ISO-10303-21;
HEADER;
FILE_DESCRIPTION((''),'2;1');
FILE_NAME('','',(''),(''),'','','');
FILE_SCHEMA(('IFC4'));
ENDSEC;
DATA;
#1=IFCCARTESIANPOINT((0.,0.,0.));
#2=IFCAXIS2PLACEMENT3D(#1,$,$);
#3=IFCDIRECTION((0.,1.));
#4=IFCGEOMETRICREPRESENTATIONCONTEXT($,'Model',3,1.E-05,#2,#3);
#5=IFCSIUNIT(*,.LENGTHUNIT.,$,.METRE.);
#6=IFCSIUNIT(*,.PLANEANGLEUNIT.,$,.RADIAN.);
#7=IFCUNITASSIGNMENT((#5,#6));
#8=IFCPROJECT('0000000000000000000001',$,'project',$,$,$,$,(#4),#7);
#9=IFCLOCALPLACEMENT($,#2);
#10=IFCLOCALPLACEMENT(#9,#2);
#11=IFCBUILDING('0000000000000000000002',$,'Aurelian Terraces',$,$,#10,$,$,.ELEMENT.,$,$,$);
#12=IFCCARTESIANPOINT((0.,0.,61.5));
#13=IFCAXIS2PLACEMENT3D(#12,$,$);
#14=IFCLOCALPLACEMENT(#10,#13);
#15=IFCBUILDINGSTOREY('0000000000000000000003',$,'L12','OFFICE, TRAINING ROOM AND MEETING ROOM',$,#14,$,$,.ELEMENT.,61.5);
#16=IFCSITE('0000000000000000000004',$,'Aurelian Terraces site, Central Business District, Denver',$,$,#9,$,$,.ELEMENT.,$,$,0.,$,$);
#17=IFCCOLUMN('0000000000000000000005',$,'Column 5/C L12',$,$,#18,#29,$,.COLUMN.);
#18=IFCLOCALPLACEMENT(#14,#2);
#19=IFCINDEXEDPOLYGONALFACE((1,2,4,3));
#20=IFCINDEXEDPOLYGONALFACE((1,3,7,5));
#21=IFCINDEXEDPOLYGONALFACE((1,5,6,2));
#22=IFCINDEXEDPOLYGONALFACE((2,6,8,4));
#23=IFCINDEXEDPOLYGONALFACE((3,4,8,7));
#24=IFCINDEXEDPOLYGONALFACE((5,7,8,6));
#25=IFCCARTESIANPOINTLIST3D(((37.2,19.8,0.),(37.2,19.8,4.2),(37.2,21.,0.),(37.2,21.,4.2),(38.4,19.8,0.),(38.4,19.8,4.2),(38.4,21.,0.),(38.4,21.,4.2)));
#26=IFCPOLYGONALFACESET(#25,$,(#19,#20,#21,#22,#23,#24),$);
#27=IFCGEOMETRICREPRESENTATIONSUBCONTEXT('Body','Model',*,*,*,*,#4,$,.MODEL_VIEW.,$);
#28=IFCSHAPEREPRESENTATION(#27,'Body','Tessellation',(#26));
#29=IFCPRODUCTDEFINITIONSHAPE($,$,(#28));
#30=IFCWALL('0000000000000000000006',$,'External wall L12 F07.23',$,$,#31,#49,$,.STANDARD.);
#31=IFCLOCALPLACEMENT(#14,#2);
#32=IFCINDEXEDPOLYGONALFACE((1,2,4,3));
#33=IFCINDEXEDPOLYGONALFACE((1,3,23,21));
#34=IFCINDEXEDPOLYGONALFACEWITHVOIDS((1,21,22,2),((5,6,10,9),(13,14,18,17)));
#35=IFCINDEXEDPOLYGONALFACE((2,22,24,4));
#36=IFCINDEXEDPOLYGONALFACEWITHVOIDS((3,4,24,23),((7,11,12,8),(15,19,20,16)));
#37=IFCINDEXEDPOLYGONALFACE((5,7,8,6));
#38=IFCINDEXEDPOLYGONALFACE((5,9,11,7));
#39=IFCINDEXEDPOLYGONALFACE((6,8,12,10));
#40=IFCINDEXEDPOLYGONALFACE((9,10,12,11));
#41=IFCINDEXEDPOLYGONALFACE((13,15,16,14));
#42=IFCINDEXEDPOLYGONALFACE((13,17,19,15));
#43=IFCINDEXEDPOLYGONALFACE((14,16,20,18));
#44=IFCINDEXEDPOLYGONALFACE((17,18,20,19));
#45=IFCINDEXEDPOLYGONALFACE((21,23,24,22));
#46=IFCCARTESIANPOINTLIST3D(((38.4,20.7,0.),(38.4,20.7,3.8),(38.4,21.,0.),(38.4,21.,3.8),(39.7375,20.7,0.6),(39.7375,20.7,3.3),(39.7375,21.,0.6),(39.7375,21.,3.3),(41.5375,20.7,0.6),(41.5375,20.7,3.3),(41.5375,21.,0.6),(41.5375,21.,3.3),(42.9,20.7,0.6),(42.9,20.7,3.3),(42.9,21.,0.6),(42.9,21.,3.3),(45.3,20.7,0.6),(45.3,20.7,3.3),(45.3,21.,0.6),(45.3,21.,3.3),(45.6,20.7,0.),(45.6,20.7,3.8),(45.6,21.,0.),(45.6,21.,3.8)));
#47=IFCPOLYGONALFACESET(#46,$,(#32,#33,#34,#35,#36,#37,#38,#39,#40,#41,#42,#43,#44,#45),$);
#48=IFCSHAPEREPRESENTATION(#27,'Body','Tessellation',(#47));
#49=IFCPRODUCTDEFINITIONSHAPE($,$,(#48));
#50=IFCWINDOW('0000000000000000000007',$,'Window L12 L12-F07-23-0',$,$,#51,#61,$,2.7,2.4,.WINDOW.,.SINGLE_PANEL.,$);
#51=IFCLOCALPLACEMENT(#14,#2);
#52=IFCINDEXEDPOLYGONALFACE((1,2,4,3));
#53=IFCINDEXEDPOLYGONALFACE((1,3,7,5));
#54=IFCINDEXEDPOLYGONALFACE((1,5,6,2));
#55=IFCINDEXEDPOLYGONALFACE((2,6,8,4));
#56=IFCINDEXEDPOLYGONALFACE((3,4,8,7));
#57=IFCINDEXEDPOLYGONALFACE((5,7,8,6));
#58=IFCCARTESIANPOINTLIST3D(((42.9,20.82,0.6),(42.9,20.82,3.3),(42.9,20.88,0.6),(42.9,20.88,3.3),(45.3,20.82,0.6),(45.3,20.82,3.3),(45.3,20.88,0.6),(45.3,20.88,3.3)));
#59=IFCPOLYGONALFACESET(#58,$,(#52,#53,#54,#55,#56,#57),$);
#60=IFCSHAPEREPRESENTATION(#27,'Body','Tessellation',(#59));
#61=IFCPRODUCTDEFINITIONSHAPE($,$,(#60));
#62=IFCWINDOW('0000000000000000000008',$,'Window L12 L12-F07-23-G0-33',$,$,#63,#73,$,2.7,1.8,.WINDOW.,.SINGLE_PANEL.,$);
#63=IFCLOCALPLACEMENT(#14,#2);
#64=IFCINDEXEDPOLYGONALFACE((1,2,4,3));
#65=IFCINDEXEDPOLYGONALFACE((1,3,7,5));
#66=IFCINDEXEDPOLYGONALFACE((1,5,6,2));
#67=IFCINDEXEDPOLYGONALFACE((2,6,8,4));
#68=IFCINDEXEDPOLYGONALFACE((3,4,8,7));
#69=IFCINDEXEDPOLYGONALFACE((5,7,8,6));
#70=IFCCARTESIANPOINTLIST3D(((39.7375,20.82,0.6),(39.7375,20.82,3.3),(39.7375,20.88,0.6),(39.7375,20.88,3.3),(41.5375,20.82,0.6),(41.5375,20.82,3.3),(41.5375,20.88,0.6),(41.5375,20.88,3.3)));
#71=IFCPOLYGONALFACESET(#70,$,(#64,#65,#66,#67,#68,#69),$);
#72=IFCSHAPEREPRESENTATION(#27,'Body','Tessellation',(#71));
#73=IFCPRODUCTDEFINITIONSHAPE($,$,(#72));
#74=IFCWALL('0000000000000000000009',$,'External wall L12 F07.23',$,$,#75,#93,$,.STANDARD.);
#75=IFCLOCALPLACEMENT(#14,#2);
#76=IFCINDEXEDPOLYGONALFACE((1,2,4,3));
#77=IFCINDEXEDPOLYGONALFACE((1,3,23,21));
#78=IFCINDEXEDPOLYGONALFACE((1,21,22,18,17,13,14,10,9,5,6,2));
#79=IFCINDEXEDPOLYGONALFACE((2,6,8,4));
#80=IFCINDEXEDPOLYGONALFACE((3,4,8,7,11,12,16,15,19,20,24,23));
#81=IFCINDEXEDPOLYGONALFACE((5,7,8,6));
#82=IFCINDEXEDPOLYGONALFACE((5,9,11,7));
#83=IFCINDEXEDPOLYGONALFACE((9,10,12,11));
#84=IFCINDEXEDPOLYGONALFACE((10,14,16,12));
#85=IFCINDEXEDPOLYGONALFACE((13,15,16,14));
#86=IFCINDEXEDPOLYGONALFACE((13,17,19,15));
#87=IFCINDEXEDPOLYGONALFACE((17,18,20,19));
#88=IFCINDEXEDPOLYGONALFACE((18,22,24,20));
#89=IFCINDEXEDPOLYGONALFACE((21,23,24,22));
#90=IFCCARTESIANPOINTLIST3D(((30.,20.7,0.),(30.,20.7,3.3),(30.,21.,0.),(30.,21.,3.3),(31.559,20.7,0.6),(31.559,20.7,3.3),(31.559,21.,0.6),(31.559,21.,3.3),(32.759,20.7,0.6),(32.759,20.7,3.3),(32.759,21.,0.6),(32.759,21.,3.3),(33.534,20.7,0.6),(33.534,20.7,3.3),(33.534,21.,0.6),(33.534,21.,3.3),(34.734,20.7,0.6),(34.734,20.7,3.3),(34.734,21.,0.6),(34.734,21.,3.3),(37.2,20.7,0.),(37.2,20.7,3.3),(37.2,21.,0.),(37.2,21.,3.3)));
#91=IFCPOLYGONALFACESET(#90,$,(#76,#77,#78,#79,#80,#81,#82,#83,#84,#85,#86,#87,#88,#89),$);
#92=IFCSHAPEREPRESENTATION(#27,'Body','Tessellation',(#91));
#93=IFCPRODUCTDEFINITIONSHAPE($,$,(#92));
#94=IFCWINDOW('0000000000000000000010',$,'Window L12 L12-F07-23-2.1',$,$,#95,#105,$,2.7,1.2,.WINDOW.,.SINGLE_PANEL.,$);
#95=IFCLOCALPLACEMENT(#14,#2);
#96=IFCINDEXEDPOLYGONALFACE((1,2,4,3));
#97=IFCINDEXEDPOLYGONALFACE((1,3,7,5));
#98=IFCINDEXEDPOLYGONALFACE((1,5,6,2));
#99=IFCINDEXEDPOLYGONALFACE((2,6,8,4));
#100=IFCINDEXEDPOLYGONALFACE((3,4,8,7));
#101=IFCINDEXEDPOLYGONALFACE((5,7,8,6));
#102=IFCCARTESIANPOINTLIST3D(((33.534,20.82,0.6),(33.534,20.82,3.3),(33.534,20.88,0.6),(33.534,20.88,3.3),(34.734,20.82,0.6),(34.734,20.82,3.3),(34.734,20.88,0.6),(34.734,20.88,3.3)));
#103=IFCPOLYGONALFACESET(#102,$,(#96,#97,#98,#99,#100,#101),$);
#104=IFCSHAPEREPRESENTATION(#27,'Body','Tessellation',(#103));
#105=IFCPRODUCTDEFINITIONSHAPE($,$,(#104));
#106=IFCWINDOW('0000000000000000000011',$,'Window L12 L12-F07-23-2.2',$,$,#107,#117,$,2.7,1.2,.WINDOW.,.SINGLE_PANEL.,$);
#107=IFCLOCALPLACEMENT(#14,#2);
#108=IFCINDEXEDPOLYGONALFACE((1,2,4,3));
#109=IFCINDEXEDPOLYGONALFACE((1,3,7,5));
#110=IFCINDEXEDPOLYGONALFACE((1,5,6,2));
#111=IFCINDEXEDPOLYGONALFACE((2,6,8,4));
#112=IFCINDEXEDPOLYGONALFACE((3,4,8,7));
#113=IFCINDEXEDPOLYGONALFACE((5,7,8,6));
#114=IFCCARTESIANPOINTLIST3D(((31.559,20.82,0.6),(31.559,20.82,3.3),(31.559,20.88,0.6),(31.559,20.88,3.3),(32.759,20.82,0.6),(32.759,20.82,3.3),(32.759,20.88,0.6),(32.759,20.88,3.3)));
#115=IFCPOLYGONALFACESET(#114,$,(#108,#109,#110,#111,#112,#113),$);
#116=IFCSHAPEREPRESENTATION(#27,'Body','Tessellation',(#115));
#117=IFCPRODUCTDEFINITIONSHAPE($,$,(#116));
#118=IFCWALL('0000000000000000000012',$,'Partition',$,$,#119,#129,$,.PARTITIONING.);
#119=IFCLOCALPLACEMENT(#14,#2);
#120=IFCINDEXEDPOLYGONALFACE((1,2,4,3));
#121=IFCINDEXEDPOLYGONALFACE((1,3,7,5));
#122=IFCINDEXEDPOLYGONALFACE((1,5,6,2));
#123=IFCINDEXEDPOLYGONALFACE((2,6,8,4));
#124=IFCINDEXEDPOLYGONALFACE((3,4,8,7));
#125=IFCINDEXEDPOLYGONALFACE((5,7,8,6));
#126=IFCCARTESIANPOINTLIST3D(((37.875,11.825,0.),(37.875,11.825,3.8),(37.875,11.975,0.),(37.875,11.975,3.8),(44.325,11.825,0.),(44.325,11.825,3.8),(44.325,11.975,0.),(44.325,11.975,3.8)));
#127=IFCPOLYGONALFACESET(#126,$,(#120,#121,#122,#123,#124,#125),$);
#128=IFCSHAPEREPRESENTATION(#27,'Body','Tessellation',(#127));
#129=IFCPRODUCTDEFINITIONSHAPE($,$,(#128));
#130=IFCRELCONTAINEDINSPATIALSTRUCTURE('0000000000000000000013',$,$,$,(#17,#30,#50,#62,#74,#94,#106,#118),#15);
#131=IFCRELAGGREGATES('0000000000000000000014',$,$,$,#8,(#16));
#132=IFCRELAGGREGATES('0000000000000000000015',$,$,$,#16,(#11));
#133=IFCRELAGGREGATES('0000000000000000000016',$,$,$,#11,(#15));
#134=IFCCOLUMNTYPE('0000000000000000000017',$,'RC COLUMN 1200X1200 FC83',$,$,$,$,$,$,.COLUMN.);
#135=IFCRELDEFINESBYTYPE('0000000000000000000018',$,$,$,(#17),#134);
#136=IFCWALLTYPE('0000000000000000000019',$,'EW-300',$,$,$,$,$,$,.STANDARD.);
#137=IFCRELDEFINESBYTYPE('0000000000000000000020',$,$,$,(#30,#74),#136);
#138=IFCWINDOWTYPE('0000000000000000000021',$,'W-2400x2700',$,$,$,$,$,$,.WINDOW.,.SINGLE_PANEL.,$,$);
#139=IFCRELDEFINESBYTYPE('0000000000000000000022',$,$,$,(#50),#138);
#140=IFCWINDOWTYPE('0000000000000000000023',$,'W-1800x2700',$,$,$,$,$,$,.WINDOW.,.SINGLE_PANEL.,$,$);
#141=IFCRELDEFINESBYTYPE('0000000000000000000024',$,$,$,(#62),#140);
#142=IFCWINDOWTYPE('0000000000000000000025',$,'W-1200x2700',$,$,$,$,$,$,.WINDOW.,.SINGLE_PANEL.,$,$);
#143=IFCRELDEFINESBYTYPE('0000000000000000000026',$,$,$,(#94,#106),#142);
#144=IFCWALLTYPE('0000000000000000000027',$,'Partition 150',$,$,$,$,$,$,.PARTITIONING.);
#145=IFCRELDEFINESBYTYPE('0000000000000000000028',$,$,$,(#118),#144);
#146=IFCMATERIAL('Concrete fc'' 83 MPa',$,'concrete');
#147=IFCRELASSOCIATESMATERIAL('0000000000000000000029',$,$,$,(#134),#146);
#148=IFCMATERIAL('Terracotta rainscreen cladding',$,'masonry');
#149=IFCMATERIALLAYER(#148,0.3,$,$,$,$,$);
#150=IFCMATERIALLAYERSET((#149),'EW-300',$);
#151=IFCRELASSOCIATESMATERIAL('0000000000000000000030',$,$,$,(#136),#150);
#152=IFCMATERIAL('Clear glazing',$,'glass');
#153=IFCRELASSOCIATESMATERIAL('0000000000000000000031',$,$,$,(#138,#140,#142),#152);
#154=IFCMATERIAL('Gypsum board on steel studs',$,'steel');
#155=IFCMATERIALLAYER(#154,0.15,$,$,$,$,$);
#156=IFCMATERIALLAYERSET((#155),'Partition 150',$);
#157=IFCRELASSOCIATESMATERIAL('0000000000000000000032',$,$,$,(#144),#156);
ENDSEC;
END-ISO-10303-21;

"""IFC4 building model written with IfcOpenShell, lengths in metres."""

from ifc_helpers import new_model, si_unit, direction, frame, frame_2d, origin, origin_2d, place, context, subcontext, project, spatial, rectangle, extrude, source, transform, mapped, material, layer, layer_set, material_profile, profile_set, type_object, element, fill, save


model = new_model("IFC4")

# Units and contexts
model_context = context("Model", 3, precision=1e-05, world=origin(), true_north=direction((0.0, 1.0)))
body_context = subcontext(model_context, "Body", "Model", "MODEL_VIEW")
ifc_project = project(units=[si_unit("LENGTHUNIT", "METRE"), si_unit("PLANEANGLEUNIT", "RADIAN")], contexts=[model_context])

# Site, building, storey
site_placement = place(None, origin())
site = spatial("IfcSite", under=ifc_project, at=site_placement, Name="Aurelian Terraces site, Central Business District, Denver", CompositionType="ELEMENT", RefElevation=0.0)
building_placement = place(site_placement, origin())
building = spatial("IfcBuilding", under=site, at=building_placement, Name="Aurelian Terraces", CompositionType="ELEMENT")
storey_placement = place(building_placement, frame((0.0, 0.0, 61.5)))
storey = spatial("IfcBuildingStorey", under=building, at=storey_placement, Name="L12", Description="OFFICE, TRAINING ROOM AND MEETING ROOM", CompositionType="ELEMENT", Elevation=61.5)

# Column
ifc_material_1 = material(Name="Concrete fc' 83 MPa", Category="concrete")
ifc_material_profile = material_profile(ifc_material_1, rectangle(XDim=1.2, YDim=1.2, at=origin_2d()))
ifc_profile_set = profile_set([ifc_material_profile], Name="Concrete fc' 83 MPa")
column_type = type_object("IfcColumnType", Name="RC COLUMN 1200X1200 FC83", PredefinedType="COLUMN", material=ifc_profile_set)
shared_shape_1 = source(origin(), body_context, "Body", "SweptSolid", [
    extrude(rectangle(XDim=1.2, YDim=1.2, at=origin_2d()), origin(), (0.0, 0.0, 1.0), 4.2),
])
column_placement = place(storey_placement, frame((37.8, 20.4, 0.0), z_axis=(0.0, 0.0, 1.0), x_axis=(1.0, 0.0, 0.0)))
element("IfcColumn", 1, at=column_placement, inside=storey, type_object=column_type, Name="Column 5/C L12", PredefinedType="COLUMN", context=body_context, shape_type="MappedRepresentation", body=[
    mapped(shared_shape_1, transform((0.0, 0.0, 0.0), scale=1.0)),
])

# Walls, openings, windows
ifc_material_2 = material(Name="Terracotta rainscreen cladding", Category="masonry")
ifc_layer_1 = layer(ifc_material_2, 0.3)
ifc_layer_set_1 = layer_set([ifc_layer_1], Name="EW-300")
wall_type_1 = type_object("IfcWallType", Name="EW-300", PredefinedType="STANDARD", material=ifc_layer_set_1)
shared_shape_2 = source(origin(), body_context, "Body", "SweptSolid", [
    extrude(rectangle(XDim=7.2, YDim=0.3, at=frame_2d((3.6, 0.0))), origin(), (0.0, 0.0, 1.0), 3.8),
])
wall_1_placement = place(storey_placement, frame((45.6, 20.85, 0.0), z_axis=(0.0, 0.0, 1.0), x_axis=(-1.0, 0.0, 0.0)))
wall_1 = element("IfcWall", 2, at=wall_1_placement, inside=storey, type_object=wall_type_1, Name="External wall L12 F07.23", PredefinedType="STANDARD", context=body_context, shape_type="MappedRepresentation", body=[
    mapped(shared_shape_2, transform((0.0, 0.0, 0.0), scale=1.0)),
])
shared_shape_3 = source(origin(), body_context, "Body", "SweptSolid", [
    extrude(rectangle(XDim=2.4, YDim=2.7, at=frame_2d((1.2, 1.35))), frame((0.0, 0.16, 0.0), z_axis=(0.0, -1.0, 0.0), x_axis=(1.0, 0.0, 0.0)), (0.0, 0.0, 1.0), 0.32),
])
opening_1_placement = place(wall_1_placement, frame((0.3, 0.0, 0.6)))
opening_1 = element("IfcOpeningElement", 3, at=opening_1_placement, cuts=wall_1, PredefinedType="OPENING", context=body_context, shape_type="MappedRepresentation", body=[
    mapped(shared_shape_3, transform((0.0, 0.0, 0.0), scale=1.0)),
])
shared_shape_4 = source(origin(), body_context, "Body", "SweptSolid", [
    extrude(rectangle(XDim=1.8, YDim=2.7, at=frame_2d((0.9, 1.35))), frame((0.0, 0.16, 0.0), z_axis=(0.0, -1.0, 0.0), x_axis=(1.0, 0.0, 0.0)), (0.0, 0.0, 1.0), 0.32),
])
opening_2_placement = place(wall_1_placement, frame((4.0625, 0.0, 0.6)))
opening_2 = element("IfcOpeningElement", 4, at=opening_2_placement, cuts=wall_1, PredefinedType="OPENING", context=body_context, shape_type="MappedRepresentation", body=[
    mapped(shared_shape_4, transform((0.0, 0.0, 0.0), scale=1.0)),
])
ifc_material_3 = material(Name="Clear glazing", Category="glass")
window_type_1 = type_object("IfcWindowType", Name="W-2400x2700", PartitioningType="SINGLE_PANEL", PredefinedType="WINDOW", material=ifc_material_3)
shared_shape_5 = source(origin(), body_context, "Body", "SweptSolid", [
    extrude(rectangle(XDim=2.4, YDim=2.7, at=frame_2d((1.2, 1.35))), frame((0.0, 0.03, 0.0), z_axis=(0.0, -1.0, 0.0), x_axis=(1.0, 0.0, 0.0)), (0.0, 0.0, 1.0), 0.06),
])
window_1_placement = place(opening_1_placement, origin())
window_1 = element("IfcWindow", 5, at=window_1_placement, inside=storey, type_object=window_type_1, Name="Window L12 L12-F07-23-0", OverallHeight=2.7, OverallWidth=2.4, PartitioningType="SINGLE_PANEL", PredefinedType="WINDOW", context=body_context, shape_type="MappedRepresentation", body=[
    mapped(shared_shape_5, transform((0.0, 0.0, 0.0), scale=1.0)),
])
fill(opening_1, window_1)
window_type_2 = type_object("IfcWindowType", Name="W-1800x2700", PartitioningType="SINGLE_PANEL", PredefinedType="WINDOW", material=ifc_material_3)
shared_shape_6 = source(origin(), body_context, "Body", "SweptSolid", [
    extrude(rectangle(XDim=1.8, YDim=2.7, at=frame_2d((0.9, 1.35))), frame((0.0, 0.03, 0.0), z_axis=(0.0, -1.0, 0.0), x_axis=(1.0, 0.0, 0.0)), (0.0, 0.0, 1.0), 0.06),
])
window_2_placement = place(opening_2_placement, origin())
window_2 = element("IfcWindow", 6, at=window_2_placement, inside=storey, type_object=window_type_2, Name="Window L12 L12-F07-23-G0-33", OverallHeight=2.7, OverallWidth=1.8, PartitioningType="SINGLE_PANEL", PredefinedType="WINDOW", context=body_context, shape_type="MappedRepresentation", body=[
    mapped(shared_shape_6, transform((0.0, 0.0, 0.0), scale=1.0)),
])
fill(opening_2, window_2)
shared_shape_7 = source(origin(), body_context, "Body", "SweptSolid", [
    extrude(rectangle(XDim=7.2, YDim=0.3, at=frame_2d((3.6, 0.0))), origin(), (0.0, 0.0, 1.0), 3.3),
])
wall_2_placement = place(storey_placement, frame((37.2, 20.85, 0.0), z_axis=(0.0, 0.0, 1.0), x_axis=(-1.0, 0.0, 0.0)))
wall_2 = element("IfcWall", 7, at=wall_2_placement, inside=storey, type_object=wall_type_1, Name="External wall L12 F07.23", PredefinedType="STANDARD", context=body_context, shape_type="MappedRepresentation", body=[
    mapped(shared_shape_7, transform((0.0, 0.0, 0.0), scale=1.0)),
])
shared_shape_8 = source(origin(), body_context, "Body", "SweptSolid", [
    extrude(rectangle(XDim=1.2, YDim=2.7, at=frame_2d((0.6, 1.35))), frame((0.0, 0.16, 0.0), z_axis=(0.0, -1.0, 0.0), x_axis=(1.0, 0.0, 0.0)), (0.0, 0.0, 1.0), 0.32),
])
opening_3_placement = place(wall_2_placement, frame((2.466, 0.0, 0.6)))
opening_3 = element("IfcOpeningElement", 8, at=opening_3_placement, cuts=wall_2, PredefinedType="OPENING", context=body_context, shape_type="MappedRepresentation", body=[
    mapped(shared_shape_8, transform((0.0, 0.0, 0.0), scale=1.0)),
])
opening_4_placement = place(wall_2_placement, frame((4.441, 0.0, 0.6)))
opening_4 = element("IfcOpeningElement", 9, at=opening_4_placement, cuts=wall_2, PredefinedType="OPENING", context=body_context, shape_type="MappedRepresentation", body=[
    mapped(shared_shape_8, transform((0.0, 0.0, 0.0), scale=1.0)),
])
window_type_3 = type_object("IfcWindowType", Name="W-1200x2700", PartitioningType="SINGLE_PANEL", PredefinedType="WINDOW", material=ifc_material_3)
shared_shape_9 = source(origin(), body_context, "Body", "SweptSolid", [
    extrude(rectangle(XDim=1.2, YDim=2.7, at=frame_2d((0.6, 1.35))), frame((0.0, 0.03, 0.0), z_axis=(0.0, -1.0, 0.0), x_axis=(1.0, 0.0, 0.0)), (0.0, 0.0, 1.0), 0.06),
])
window_3_placement = place(opening_3_placement, origin())
window_3 = element("IfcWindow", 10, at=window_3_placement, inside=storey, type_object=window_type_3, Name="Window L12 L12-F07-23-2.1", OverallHeight=2.7, OverallWidth=1.2, PartitioningType="SINGLE_PANEL", PredefinedType="WINDOW", context=body_context, shape_type="MappedRepresentation", body=[
    mapped(shared_shape_9, transform((0.0, 0.0, 0.0), scale=1.0)),
])
fill(opening_3, window_3)
window_4_placement = place(opening_4_placement, origin())
window_4 = element("IfcWindow", 11, at=window_4_placement, inside=storey, type_object=window_type_3, Name="Window L12 L12-F07-23-2.2", OverallHeight=2.7, OverallWidth=1.2, PartitioningType="SINGLE_PANEL", PredefinedType="WINDOW", context=body_context, shape_type="MappedRepresentation", body=[
    mapped(shared_shape_9, transform((0.0, 0.0, 0.0), scale=1.0)),
])
fill(opening_4, window_4)

# Wall
ifc_material_4 = material(Name="Gypsum board on steel studs", Category="steel")
ifc_layer_2 = layer(ifc_material_4, 0.15)
ifc_layer_set_2 = layer_set([ifc_layer_2], Name="Partition 150")
wall_type_2 = type_object("IfcWallType", Name="Partition 150", PredefinedType="PARTITIONING", material=ifc_layer_set_2)
shared_shape_10 = source(origin(), body_context, "Body", "SweptSolid", [
    extrude(rectangle(XDim=6.45, YDim=0.15, at=frame_2d((3.225, 0.0))), origin(), (0.0, 0.0, 1.0), 3.8),
])
wall_3_placement = place(storey_placement, frame((37.875, 11.9, 0.0), z_axis=(0.0, 0.0, 1.0), x_axis=(1.0, 0.0, 0.0)))
element("IfcWall", 12, at=wall_3_placement, inside=storey, type_object=wall_type_2, Name="Partition", PredefinedType="PARTITIONING", context=body_context, shape_type="MappedRepresentation", body=[
    mapped(shared_shape_10, transform((0.0, 0.0, 0.0), scale=1.0)),
])

save(model, "model.ifc")
